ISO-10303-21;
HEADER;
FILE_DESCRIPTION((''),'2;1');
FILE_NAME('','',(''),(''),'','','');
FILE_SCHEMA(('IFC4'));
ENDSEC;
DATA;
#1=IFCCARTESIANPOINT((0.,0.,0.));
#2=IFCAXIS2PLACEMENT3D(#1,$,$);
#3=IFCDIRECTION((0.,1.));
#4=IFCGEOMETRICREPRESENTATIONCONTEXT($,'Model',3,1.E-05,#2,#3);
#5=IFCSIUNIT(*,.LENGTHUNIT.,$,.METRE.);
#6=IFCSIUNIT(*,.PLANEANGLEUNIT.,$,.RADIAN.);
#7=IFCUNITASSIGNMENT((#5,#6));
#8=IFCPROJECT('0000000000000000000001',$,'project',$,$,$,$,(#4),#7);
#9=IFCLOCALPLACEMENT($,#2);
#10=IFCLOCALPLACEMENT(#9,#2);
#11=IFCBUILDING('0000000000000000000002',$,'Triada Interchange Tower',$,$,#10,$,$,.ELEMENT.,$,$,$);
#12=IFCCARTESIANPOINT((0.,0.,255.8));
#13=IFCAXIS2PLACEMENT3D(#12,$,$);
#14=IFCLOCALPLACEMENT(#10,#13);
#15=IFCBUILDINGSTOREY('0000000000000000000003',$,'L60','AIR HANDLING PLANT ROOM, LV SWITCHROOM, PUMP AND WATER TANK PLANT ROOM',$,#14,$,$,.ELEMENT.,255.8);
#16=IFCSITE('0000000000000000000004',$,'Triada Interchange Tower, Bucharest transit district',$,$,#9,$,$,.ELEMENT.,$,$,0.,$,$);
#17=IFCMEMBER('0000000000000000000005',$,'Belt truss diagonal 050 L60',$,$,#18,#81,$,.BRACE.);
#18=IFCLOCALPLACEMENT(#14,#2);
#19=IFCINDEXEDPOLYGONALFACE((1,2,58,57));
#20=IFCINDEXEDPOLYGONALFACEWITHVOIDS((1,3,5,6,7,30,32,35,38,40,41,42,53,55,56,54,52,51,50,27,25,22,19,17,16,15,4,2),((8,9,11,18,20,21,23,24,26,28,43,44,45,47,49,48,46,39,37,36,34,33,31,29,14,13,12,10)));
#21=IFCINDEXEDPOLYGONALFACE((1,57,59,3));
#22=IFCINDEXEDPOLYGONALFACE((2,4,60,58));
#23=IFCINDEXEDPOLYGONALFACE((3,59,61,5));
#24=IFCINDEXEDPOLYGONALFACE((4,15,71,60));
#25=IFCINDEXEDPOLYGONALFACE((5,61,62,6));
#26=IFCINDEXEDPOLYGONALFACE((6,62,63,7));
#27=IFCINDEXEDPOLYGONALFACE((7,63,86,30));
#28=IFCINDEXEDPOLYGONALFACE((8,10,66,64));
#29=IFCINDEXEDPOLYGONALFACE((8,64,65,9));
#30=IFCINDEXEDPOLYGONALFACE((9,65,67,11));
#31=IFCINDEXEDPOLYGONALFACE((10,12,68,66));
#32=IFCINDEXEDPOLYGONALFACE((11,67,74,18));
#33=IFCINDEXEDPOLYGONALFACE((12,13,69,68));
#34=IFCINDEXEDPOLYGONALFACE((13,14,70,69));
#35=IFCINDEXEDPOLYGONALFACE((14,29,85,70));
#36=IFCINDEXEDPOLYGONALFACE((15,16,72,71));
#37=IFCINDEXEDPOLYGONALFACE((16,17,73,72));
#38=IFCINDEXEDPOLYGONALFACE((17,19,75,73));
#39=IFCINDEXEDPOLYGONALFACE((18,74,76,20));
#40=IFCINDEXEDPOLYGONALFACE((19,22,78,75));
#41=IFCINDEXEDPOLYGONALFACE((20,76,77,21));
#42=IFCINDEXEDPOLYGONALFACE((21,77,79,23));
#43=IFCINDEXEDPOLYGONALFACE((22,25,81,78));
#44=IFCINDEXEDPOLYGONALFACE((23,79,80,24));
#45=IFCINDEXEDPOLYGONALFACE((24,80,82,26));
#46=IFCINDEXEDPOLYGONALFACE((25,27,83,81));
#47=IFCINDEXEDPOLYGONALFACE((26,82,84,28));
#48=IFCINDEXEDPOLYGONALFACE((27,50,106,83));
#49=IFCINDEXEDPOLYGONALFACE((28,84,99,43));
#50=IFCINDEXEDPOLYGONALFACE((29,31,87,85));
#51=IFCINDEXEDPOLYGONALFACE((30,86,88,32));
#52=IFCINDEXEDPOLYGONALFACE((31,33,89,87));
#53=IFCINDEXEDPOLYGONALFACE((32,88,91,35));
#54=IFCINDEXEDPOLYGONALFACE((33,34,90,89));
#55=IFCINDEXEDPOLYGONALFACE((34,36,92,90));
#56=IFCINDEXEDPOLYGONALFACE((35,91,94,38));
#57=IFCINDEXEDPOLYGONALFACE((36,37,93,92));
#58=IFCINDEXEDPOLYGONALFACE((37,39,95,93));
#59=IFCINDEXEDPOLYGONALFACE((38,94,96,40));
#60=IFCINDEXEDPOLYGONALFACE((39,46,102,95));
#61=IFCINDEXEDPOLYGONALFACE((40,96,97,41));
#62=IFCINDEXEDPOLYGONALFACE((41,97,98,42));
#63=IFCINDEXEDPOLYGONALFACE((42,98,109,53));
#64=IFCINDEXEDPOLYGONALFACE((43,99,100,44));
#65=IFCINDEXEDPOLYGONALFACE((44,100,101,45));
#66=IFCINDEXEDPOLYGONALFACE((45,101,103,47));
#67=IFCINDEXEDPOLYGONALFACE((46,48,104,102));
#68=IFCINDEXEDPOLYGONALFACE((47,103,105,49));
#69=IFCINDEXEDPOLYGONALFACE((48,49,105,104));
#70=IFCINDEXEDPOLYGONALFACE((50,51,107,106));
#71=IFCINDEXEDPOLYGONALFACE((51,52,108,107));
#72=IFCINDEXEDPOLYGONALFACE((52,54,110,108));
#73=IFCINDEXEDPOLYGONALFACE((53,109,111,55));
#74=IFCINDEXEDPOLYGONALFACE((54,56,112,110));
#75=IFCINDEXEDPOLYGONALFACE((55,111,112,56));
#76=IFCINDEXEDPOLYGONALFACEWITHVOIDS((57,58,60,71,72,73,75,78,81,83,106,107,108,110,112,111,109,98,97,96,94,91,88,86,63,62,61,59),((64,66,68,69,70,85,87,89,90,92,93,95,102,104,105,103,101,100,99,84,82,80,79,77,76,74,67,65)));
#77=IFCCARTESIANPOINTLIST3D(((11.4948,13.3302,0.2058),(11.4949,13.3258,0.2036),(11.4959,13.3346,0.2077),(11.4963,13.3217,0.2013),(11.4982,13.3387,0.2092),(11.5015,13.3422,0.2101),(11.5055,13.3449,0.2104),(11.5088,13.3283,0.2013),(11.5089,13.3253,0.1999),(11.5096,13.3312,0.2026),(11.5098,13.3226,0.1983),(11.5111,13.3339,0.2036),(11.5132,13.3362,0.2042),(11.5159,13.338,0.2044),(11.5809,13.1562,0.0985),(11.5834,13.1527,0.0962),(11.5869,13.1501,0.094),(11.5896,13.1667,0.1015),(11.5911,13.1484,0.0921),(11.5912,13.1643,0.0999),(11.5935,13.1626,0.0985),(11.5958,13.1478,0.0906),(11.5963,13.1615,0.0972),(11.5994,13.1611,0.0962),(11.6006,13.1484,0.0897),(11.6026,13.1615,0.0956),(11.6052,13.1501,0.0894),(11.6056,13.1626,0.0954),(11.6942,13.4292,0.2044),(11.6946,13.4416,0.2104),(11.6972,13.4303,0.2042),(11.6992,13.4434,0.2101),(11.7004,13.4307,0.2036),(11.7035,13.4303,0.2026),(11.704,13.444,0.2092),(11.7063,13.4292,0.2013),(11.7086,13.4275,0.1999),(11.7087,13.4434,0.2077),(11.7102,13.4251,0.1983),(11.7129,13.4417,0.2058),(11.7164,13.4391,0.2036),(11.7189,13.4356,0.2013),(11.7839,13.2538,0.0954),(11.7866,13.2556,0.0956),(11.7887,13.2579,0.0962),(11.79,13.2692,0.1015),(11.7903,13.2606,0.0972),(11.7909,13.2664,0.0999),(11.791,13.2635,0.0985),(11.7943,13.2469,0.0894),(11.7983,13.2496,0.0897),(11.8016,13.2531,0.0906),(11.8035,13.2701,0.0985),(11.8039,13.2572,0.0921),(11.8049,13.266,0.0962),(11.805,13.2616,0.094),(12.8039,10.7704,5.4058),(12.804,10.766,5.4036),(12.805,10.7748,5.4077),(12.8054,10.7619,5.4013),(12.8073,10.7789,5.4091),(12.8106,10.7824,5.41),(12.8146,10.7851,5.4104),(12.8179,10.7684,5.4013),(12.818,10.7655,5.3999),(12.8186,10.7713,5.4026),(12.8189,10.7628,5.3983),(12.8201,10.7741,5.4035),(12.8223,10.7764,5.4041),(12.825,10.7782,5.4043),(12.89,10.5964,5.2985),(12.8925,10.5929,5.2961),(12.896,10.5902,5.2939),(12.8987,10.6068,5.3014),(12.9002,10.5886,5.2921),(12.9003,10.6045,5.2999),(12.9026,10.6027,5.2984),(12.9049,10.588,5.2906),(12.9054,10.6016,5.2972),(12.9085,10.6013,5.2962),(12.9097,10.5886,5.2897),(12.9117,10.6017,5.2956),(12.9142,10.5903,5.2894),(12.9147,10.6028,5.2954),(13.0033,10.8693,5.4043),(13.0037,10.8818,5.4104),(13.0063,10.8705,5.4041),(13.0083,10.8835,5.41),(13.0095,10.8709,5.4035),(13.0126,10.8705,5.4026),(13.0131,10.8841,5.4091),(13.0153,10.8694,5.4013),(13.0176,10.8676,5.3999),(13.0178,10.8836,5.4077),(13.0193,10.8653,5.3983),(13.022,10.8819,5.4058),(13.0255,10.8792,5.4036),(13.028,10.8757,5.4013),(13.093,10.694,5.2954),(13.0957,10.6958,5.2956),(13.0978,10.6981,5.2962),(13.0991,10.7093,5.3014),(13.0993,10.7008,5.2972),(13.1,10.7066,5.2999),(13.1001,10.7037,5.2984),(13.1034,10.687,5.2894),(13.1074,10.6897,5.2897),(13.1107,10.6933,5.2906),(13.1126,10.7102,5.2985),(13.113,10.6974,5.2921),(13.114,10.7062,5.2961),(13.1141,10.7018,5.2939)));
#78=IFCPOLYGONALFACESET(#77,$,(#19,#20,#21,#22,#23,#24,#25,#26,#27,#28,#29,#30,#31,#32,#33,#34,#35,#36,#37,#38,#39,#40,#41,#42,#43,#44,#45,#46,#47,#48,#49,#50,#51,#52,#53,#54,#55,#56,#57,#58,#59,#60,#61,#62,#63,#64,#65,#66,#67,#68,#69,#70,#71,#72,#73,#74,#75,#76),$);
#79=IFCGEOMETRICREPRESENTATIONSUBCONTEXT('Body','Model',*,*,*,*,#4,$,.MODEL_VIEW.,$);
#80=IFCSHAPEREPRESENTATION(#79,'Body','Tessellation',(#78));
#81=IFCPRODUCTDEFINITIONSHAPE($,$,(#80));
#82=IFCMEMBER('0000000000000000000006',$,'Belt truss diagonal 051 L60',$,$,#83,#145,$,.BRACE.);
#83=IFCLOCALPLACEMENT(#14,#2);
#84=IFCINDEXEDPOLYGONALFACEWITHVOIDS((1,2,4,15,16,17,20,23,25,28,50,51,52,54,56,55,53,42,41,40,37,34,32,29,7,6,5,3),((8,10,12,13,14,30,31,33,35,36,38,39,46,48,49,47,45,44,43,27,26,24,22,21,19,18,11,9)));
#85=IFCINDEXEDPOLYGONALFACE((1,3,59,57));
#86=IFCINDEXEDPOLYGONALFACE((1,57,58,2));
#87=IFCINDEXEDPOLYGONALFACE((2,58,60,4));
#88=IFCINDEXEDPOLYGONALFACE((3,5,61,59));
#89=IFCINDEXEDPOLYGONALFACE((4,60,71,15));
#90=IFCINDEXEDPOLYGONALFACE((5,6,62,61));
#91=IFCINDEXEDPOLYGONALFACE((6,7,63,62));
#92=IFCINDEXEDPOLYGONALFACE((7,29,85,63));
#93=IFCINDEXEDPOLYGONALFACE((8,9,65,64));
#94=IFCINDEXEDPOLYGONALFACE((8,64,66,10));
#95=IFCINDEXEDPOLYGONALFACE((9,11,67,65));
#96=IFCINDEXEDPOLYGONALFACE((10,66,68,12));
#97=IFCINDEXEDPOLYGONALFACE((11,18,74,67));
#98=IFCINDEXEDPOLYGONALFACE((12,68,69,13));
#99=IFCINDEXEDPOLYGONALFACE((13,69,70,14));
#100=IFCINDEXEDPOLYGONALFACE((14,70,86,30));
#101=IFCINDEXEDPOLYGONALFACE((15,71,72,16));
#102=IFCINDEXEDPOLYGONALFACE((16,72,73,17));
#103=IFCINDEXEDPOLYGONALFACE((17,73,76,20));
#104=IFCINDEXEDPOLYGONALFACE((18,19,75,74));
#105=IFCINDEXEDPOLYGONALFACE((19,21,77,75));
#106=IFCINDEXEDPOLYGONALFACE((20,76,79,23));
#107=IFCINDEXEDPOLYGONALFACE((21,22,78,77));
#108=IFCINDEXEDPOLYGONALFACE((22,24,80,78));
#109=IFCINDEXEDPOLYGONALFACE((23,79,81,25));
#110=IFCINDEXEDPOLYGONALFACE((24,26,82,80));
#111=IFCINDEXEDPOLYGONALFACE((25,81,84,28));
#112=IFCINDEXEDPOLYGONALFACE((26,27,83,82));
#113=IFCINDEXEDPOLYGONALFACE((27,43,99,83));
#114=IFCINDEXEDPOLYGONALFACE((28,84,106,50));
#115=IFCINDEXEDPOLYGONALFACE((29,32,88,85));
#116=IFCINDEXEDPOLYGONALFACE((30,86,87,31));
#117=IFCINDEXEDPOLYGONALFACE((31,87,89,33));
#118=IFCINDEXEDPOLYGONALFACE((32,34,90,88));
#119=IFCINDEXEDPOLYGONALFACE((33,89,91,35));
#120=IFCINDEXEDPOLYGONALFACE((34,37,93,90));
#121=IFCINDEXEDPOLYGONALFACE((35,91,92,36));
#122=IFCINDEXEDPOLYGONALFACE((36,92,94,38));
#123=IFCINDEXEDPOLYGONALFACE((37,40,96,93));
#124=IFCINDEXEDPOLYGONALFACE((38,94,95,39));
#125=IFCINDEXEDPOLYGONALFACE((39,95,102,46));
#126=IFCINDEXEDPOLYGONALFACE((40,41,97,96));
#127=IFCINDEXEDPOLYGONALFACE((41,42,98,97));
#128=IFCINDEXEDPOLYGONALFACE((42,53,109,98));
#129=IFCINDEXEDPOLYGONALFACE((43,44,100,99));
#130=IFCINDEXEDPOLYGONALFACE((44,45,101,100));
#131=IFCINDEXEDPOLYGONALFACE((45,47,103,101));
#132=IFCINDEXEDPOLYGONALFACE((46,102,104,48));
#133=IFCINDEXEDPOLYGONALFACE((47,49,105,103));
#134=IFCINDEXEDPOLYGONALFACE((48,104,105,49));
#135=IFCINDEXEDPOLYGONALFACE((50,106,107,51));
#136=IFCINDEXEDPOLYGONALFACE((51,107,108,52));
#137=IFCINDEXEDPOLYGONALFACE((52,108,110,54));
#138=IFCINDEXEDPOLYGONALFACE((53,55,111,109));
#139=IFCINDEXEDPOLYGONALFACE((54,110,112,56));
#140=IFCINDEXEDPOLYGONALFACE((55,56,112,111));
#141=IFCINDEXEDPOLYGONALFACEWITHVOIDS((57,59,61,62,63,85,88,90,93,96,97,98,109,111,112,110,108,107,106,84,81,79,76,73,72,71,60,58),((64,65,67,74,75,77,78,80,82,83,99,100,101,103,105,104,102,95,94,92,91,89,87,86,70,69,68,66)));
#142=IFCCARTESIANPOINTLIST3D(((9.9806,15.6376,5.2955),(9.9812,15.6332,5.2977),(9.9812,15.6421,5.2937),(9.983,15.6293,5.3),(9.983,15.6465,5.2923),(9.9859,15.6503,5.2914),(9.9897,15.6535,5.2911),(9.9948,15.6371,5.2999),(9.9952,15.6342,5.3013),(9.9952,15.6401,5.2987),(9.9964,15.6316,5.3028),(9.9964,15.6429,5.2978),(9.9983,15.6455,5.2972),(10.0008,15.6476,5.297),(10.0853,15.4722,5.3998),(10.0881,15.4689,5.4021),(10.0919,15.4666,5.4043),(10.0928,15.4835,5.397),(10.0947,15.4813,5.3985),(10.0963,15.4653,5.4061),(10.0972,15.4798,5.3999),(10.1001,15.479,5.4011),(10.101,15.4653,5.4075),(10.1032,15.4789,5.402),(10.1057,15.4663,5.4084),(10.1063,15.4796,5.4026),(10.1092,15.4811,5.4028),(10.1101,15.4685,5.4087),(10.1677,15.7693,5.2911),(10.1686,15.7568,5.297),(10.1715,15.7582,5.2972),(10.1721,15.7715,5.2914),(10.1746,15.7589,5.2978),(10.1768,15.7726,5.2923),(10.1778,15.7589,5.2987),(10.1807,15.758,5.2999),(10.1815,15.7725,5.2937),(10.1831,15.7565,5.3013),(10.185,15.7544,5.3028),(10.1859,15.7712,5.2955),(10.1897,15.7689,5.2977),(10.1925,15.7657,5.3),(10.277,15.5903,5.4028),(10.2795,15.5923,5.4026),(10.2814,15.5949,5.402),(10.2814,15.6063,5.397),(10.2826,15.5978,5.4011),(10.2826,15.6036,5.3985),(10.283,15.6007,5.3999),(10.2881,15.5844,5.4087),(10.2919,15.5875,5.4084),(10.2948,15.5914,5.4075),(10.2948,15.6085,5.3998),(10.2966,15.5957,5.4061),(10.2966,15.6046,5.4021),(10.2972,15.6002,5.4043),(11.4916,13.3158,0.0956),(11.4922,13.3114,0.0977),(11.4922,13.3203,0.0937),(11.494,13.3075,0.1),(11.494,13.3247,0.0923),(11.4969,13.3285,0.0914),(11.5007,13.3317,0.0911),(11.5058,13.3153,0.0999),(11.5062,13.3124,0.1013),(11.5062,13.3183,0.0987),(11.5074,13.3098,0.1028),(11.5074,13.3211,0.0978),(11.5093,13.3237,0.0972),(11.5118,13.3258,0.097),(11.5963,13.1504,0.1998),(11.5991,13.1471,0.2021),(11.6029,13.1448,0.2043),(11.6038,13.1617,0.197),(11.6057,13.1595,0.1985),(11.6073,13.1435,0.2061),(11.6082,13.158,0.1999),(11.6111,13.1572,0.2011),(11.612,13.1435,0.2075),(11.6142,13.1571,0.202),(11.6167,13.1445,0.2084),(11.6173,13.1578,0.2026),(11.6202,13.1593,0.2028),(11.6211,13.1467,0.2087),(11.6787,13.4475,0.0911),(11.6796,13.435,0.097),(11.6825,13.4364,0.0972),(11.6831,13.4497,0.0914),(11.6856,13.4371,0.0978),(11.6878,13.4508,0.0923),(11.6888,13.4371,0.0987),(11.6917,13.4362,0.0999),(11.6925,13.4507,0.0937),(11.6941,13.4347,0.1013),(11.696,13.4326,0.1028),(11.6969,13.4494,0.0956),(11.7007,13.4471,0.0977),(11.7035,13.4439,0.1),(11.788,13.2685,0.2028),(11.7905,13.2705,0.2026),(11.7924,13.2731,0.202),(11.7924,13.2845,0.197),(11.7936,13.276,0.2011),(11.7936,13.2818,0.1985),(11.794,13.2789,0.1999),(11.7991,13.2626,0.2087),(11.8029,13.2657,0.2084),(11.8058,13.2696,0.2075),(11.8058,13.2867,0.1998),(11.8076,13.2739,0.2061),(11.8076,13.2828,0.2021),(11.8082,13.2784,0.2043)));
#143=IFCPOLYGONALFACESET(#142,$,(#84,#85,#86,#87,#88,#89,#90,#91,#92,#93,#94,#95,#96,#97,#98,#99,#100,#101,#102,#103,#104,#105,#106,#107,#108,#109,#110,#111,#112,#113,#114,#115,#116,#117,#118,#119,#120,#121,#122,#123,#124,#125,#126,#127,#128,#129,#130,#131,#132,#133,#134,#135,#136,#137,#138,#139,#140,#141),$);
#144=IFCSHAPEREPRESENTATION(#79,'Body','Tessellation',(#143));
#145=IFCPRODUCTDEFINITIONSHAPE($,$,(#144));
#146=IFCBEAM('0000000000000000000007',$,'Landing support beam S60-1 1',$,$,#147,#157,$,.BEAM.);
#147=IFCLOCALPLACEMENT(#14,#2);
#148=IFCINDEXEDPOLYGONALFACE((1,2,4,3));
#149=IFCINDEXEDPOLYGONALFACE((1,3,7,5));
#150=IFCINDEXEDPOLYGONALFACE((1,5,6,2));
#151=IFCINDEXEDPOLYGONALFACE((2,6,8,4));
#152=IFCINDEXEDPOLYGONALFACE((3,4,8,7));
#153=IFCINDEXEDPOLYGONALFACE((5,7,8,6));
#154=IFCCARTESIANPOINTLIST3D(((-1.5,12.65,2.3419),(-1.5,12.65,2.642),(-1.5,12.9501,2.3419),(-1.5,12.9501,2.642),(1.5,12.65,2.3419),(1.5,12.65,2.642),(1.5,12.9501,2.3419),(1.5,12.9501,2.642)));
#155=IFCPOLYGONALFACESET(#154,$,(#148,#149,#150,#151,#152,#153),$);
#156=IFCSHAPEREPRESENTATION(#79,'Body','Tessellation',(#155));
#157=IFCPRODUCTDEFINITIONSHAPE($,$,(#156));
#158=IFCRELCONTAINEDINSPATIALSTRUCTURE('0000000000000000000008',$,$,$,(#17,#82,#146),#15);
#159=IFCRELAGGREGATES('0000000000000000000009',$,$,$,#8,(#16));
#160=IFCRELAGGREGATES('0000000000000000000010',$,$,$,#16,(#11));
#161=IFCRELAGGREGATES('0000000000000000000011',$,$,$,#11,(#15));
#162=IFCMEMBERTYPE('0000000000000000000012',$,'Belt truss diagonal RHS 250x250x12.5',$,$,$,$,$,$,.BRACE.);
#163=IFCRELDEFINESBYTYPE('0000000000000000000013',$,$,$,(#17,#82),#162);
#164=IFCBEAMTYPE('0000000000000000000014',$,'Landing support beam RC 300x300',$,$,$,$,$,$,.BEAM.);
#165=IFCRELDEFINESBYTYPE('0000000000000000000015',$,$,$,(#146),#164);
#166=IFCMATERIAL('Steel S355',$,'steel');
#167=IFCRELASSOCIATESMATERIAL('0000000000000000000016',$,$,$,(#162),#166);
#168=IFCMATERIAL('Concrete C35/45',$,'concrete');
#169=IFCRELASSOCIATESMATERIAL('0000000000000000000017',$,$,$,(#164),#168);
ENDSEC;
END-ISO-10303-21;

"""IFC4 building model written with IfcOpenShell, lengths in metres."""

from ifc_helpers import new_model, si_unit, direction, frame, origin, origin_2d, place, context, subcontext, project, spatial, rectangle, hollow_rectangle, extrude, material, material_profile, profile_set, type_object, element, save


model = new_model("IFC4")

# Units and contexts
model_context = context("Model", 3, precision=1e-05, world=origin(), true_north=direction((0.0, 1.0)))
body_context = subcontext(model_context, "Body", "Model", "MODEL_VIEW")
ifc_project = project(units=[si_unit("LENGTHUNIT", "METRE"), si_unit("PLANEANGLEUNIT", "RADIAN")], contexts=[model_context])

# Site, building, storey
site_placement = place(None, origin())
site = spatial("IfcSite", under=ifc_project, at=site_placement, Name="Triada Interchange Tower, Bucharest transit district", CompositionType="ELEMENT", RefElevation=0.0)
building_placement = place(site_placement, origin())
building = spatial("IfcBuilding", under=site, at=building_placement, Name="Triada Interchange Tower", CompositionType="ELEMENT")
storey_placement = place(building_placement, frame((0.0, 0.0, 255.8)))
storey = spatial("IfcBuildingStorey", under=building, at=storey_placement, Name="L60", Description="AIR HANDLING PLANT ROOM, LV SWITCHROOM, PUMP AND WATER TANK PLANT ROOM", CompositionType="ELEMENT", Elevation=255.8)

# Members
ifc_material_1 = material(Name="Steel S355", Category="steel")
ifc_material_profile_1 = material_profile(ifc_material_1, hollow_rectangle(XDim=0.25, YDim=0.25, WallThickness=0.0125, InnerFilletRadius=0.0125, OuterFilletRadius=0.0188, at=origin_2d()), Name="RHS 250x250x12.5")
ifc_profile_set_1 = profile_set([ifc_material_profile_1], Name="Steel S355")
member_type_1 = type_object("IfcMemberType", Name="Belt truss diagonal RHS 250x250x12.5", PredefinedType="BRACE", material=ifc_profile_set_1)
member_1_placement = place(storey_placement, frame((11.6499, 13.2959, 0.1499), z_axis=(0.220315, -0.430809, 0.875137), x_axis=(0.890331, 0.455313, 0.0)))
element("IfcMember", 1, at=member_1_placement, inside=storey, type_object=member_type_1, Name="Belt truss diagonal 050 L60", PredefinedType="BRACE", context=body_context, shape_type="SweptSolid", body=[
    extrude(hollow_rectangle(XDim=0.25, YDim=0.25, WallThickness=0.0125, InnerFilletRadius=0.0125, OuterFilletRadius=0.0188, at=origin_2d()), origin(), (0.0, 0.0, 1.0), 5.9419),
])
member_2_placement = place(storey_placement, frame((11.6499, 13.2971, 0.1499), z_axis=(-0.256456, 0.39407, 0.882575), x_axis=(-0.838141, -0.545453, 0.0)))
element("IfcMember", 2, at=member_2_placement, inside=storey, type_object=member_type_1, Name="Belt truss diagonal 051 L60", PredefinedType="BRACE", context=body_context, shape_type="SweptSolid", body=[
    extrude(hollow_rectangle(XDim=0.25, YDim=0.25, WallThickness=0.0125, InnerFilletRadius=0.0125, OuterFilletRadius=0.0188, at=origin_2d()), origin(), (0.0, 0.0, 1.0), 5.8918),
])

# Beam
ifc_material_2 = material(Name="Concrete C35/45", Category="concrete")
ifc_material_profile_2 = material_profile(ifc_material_2, rectangle(XDim=0.3, YDim=0.3, at=origin_2d()), Name="RC 300x300")
ifc_profile_set_2 = profile_set([ifc_material_profile_2], Name="Concrete C35/45")
beam_type = type_object("IfcBeamType", Name="Landing support beam RC 300x300", PredefinedType="BEAM", material=ifc_profile_set_2)
beam_placement = place(storey_placement, frame((1.5, 12.8, 2.4919), z_axis=(-1.0, 0.0, 0.0), x_axis=(0.0, -1.0, 0.0)))
element("IfcBeam", 3, at=beam_placement, inside=storey, type_object=beam_type, Name="Landing support beam S60-1 1", PredefinedType="BEAM", context=body_context, shape_type="SweptSolid", body=[
    extrude(rectangle(XDim=0.3, YDim=0.3, at=origin_2d()), origin(), (0.0, 0.0, 1.0), 3.0),
])

save(model, "model.ifc")
